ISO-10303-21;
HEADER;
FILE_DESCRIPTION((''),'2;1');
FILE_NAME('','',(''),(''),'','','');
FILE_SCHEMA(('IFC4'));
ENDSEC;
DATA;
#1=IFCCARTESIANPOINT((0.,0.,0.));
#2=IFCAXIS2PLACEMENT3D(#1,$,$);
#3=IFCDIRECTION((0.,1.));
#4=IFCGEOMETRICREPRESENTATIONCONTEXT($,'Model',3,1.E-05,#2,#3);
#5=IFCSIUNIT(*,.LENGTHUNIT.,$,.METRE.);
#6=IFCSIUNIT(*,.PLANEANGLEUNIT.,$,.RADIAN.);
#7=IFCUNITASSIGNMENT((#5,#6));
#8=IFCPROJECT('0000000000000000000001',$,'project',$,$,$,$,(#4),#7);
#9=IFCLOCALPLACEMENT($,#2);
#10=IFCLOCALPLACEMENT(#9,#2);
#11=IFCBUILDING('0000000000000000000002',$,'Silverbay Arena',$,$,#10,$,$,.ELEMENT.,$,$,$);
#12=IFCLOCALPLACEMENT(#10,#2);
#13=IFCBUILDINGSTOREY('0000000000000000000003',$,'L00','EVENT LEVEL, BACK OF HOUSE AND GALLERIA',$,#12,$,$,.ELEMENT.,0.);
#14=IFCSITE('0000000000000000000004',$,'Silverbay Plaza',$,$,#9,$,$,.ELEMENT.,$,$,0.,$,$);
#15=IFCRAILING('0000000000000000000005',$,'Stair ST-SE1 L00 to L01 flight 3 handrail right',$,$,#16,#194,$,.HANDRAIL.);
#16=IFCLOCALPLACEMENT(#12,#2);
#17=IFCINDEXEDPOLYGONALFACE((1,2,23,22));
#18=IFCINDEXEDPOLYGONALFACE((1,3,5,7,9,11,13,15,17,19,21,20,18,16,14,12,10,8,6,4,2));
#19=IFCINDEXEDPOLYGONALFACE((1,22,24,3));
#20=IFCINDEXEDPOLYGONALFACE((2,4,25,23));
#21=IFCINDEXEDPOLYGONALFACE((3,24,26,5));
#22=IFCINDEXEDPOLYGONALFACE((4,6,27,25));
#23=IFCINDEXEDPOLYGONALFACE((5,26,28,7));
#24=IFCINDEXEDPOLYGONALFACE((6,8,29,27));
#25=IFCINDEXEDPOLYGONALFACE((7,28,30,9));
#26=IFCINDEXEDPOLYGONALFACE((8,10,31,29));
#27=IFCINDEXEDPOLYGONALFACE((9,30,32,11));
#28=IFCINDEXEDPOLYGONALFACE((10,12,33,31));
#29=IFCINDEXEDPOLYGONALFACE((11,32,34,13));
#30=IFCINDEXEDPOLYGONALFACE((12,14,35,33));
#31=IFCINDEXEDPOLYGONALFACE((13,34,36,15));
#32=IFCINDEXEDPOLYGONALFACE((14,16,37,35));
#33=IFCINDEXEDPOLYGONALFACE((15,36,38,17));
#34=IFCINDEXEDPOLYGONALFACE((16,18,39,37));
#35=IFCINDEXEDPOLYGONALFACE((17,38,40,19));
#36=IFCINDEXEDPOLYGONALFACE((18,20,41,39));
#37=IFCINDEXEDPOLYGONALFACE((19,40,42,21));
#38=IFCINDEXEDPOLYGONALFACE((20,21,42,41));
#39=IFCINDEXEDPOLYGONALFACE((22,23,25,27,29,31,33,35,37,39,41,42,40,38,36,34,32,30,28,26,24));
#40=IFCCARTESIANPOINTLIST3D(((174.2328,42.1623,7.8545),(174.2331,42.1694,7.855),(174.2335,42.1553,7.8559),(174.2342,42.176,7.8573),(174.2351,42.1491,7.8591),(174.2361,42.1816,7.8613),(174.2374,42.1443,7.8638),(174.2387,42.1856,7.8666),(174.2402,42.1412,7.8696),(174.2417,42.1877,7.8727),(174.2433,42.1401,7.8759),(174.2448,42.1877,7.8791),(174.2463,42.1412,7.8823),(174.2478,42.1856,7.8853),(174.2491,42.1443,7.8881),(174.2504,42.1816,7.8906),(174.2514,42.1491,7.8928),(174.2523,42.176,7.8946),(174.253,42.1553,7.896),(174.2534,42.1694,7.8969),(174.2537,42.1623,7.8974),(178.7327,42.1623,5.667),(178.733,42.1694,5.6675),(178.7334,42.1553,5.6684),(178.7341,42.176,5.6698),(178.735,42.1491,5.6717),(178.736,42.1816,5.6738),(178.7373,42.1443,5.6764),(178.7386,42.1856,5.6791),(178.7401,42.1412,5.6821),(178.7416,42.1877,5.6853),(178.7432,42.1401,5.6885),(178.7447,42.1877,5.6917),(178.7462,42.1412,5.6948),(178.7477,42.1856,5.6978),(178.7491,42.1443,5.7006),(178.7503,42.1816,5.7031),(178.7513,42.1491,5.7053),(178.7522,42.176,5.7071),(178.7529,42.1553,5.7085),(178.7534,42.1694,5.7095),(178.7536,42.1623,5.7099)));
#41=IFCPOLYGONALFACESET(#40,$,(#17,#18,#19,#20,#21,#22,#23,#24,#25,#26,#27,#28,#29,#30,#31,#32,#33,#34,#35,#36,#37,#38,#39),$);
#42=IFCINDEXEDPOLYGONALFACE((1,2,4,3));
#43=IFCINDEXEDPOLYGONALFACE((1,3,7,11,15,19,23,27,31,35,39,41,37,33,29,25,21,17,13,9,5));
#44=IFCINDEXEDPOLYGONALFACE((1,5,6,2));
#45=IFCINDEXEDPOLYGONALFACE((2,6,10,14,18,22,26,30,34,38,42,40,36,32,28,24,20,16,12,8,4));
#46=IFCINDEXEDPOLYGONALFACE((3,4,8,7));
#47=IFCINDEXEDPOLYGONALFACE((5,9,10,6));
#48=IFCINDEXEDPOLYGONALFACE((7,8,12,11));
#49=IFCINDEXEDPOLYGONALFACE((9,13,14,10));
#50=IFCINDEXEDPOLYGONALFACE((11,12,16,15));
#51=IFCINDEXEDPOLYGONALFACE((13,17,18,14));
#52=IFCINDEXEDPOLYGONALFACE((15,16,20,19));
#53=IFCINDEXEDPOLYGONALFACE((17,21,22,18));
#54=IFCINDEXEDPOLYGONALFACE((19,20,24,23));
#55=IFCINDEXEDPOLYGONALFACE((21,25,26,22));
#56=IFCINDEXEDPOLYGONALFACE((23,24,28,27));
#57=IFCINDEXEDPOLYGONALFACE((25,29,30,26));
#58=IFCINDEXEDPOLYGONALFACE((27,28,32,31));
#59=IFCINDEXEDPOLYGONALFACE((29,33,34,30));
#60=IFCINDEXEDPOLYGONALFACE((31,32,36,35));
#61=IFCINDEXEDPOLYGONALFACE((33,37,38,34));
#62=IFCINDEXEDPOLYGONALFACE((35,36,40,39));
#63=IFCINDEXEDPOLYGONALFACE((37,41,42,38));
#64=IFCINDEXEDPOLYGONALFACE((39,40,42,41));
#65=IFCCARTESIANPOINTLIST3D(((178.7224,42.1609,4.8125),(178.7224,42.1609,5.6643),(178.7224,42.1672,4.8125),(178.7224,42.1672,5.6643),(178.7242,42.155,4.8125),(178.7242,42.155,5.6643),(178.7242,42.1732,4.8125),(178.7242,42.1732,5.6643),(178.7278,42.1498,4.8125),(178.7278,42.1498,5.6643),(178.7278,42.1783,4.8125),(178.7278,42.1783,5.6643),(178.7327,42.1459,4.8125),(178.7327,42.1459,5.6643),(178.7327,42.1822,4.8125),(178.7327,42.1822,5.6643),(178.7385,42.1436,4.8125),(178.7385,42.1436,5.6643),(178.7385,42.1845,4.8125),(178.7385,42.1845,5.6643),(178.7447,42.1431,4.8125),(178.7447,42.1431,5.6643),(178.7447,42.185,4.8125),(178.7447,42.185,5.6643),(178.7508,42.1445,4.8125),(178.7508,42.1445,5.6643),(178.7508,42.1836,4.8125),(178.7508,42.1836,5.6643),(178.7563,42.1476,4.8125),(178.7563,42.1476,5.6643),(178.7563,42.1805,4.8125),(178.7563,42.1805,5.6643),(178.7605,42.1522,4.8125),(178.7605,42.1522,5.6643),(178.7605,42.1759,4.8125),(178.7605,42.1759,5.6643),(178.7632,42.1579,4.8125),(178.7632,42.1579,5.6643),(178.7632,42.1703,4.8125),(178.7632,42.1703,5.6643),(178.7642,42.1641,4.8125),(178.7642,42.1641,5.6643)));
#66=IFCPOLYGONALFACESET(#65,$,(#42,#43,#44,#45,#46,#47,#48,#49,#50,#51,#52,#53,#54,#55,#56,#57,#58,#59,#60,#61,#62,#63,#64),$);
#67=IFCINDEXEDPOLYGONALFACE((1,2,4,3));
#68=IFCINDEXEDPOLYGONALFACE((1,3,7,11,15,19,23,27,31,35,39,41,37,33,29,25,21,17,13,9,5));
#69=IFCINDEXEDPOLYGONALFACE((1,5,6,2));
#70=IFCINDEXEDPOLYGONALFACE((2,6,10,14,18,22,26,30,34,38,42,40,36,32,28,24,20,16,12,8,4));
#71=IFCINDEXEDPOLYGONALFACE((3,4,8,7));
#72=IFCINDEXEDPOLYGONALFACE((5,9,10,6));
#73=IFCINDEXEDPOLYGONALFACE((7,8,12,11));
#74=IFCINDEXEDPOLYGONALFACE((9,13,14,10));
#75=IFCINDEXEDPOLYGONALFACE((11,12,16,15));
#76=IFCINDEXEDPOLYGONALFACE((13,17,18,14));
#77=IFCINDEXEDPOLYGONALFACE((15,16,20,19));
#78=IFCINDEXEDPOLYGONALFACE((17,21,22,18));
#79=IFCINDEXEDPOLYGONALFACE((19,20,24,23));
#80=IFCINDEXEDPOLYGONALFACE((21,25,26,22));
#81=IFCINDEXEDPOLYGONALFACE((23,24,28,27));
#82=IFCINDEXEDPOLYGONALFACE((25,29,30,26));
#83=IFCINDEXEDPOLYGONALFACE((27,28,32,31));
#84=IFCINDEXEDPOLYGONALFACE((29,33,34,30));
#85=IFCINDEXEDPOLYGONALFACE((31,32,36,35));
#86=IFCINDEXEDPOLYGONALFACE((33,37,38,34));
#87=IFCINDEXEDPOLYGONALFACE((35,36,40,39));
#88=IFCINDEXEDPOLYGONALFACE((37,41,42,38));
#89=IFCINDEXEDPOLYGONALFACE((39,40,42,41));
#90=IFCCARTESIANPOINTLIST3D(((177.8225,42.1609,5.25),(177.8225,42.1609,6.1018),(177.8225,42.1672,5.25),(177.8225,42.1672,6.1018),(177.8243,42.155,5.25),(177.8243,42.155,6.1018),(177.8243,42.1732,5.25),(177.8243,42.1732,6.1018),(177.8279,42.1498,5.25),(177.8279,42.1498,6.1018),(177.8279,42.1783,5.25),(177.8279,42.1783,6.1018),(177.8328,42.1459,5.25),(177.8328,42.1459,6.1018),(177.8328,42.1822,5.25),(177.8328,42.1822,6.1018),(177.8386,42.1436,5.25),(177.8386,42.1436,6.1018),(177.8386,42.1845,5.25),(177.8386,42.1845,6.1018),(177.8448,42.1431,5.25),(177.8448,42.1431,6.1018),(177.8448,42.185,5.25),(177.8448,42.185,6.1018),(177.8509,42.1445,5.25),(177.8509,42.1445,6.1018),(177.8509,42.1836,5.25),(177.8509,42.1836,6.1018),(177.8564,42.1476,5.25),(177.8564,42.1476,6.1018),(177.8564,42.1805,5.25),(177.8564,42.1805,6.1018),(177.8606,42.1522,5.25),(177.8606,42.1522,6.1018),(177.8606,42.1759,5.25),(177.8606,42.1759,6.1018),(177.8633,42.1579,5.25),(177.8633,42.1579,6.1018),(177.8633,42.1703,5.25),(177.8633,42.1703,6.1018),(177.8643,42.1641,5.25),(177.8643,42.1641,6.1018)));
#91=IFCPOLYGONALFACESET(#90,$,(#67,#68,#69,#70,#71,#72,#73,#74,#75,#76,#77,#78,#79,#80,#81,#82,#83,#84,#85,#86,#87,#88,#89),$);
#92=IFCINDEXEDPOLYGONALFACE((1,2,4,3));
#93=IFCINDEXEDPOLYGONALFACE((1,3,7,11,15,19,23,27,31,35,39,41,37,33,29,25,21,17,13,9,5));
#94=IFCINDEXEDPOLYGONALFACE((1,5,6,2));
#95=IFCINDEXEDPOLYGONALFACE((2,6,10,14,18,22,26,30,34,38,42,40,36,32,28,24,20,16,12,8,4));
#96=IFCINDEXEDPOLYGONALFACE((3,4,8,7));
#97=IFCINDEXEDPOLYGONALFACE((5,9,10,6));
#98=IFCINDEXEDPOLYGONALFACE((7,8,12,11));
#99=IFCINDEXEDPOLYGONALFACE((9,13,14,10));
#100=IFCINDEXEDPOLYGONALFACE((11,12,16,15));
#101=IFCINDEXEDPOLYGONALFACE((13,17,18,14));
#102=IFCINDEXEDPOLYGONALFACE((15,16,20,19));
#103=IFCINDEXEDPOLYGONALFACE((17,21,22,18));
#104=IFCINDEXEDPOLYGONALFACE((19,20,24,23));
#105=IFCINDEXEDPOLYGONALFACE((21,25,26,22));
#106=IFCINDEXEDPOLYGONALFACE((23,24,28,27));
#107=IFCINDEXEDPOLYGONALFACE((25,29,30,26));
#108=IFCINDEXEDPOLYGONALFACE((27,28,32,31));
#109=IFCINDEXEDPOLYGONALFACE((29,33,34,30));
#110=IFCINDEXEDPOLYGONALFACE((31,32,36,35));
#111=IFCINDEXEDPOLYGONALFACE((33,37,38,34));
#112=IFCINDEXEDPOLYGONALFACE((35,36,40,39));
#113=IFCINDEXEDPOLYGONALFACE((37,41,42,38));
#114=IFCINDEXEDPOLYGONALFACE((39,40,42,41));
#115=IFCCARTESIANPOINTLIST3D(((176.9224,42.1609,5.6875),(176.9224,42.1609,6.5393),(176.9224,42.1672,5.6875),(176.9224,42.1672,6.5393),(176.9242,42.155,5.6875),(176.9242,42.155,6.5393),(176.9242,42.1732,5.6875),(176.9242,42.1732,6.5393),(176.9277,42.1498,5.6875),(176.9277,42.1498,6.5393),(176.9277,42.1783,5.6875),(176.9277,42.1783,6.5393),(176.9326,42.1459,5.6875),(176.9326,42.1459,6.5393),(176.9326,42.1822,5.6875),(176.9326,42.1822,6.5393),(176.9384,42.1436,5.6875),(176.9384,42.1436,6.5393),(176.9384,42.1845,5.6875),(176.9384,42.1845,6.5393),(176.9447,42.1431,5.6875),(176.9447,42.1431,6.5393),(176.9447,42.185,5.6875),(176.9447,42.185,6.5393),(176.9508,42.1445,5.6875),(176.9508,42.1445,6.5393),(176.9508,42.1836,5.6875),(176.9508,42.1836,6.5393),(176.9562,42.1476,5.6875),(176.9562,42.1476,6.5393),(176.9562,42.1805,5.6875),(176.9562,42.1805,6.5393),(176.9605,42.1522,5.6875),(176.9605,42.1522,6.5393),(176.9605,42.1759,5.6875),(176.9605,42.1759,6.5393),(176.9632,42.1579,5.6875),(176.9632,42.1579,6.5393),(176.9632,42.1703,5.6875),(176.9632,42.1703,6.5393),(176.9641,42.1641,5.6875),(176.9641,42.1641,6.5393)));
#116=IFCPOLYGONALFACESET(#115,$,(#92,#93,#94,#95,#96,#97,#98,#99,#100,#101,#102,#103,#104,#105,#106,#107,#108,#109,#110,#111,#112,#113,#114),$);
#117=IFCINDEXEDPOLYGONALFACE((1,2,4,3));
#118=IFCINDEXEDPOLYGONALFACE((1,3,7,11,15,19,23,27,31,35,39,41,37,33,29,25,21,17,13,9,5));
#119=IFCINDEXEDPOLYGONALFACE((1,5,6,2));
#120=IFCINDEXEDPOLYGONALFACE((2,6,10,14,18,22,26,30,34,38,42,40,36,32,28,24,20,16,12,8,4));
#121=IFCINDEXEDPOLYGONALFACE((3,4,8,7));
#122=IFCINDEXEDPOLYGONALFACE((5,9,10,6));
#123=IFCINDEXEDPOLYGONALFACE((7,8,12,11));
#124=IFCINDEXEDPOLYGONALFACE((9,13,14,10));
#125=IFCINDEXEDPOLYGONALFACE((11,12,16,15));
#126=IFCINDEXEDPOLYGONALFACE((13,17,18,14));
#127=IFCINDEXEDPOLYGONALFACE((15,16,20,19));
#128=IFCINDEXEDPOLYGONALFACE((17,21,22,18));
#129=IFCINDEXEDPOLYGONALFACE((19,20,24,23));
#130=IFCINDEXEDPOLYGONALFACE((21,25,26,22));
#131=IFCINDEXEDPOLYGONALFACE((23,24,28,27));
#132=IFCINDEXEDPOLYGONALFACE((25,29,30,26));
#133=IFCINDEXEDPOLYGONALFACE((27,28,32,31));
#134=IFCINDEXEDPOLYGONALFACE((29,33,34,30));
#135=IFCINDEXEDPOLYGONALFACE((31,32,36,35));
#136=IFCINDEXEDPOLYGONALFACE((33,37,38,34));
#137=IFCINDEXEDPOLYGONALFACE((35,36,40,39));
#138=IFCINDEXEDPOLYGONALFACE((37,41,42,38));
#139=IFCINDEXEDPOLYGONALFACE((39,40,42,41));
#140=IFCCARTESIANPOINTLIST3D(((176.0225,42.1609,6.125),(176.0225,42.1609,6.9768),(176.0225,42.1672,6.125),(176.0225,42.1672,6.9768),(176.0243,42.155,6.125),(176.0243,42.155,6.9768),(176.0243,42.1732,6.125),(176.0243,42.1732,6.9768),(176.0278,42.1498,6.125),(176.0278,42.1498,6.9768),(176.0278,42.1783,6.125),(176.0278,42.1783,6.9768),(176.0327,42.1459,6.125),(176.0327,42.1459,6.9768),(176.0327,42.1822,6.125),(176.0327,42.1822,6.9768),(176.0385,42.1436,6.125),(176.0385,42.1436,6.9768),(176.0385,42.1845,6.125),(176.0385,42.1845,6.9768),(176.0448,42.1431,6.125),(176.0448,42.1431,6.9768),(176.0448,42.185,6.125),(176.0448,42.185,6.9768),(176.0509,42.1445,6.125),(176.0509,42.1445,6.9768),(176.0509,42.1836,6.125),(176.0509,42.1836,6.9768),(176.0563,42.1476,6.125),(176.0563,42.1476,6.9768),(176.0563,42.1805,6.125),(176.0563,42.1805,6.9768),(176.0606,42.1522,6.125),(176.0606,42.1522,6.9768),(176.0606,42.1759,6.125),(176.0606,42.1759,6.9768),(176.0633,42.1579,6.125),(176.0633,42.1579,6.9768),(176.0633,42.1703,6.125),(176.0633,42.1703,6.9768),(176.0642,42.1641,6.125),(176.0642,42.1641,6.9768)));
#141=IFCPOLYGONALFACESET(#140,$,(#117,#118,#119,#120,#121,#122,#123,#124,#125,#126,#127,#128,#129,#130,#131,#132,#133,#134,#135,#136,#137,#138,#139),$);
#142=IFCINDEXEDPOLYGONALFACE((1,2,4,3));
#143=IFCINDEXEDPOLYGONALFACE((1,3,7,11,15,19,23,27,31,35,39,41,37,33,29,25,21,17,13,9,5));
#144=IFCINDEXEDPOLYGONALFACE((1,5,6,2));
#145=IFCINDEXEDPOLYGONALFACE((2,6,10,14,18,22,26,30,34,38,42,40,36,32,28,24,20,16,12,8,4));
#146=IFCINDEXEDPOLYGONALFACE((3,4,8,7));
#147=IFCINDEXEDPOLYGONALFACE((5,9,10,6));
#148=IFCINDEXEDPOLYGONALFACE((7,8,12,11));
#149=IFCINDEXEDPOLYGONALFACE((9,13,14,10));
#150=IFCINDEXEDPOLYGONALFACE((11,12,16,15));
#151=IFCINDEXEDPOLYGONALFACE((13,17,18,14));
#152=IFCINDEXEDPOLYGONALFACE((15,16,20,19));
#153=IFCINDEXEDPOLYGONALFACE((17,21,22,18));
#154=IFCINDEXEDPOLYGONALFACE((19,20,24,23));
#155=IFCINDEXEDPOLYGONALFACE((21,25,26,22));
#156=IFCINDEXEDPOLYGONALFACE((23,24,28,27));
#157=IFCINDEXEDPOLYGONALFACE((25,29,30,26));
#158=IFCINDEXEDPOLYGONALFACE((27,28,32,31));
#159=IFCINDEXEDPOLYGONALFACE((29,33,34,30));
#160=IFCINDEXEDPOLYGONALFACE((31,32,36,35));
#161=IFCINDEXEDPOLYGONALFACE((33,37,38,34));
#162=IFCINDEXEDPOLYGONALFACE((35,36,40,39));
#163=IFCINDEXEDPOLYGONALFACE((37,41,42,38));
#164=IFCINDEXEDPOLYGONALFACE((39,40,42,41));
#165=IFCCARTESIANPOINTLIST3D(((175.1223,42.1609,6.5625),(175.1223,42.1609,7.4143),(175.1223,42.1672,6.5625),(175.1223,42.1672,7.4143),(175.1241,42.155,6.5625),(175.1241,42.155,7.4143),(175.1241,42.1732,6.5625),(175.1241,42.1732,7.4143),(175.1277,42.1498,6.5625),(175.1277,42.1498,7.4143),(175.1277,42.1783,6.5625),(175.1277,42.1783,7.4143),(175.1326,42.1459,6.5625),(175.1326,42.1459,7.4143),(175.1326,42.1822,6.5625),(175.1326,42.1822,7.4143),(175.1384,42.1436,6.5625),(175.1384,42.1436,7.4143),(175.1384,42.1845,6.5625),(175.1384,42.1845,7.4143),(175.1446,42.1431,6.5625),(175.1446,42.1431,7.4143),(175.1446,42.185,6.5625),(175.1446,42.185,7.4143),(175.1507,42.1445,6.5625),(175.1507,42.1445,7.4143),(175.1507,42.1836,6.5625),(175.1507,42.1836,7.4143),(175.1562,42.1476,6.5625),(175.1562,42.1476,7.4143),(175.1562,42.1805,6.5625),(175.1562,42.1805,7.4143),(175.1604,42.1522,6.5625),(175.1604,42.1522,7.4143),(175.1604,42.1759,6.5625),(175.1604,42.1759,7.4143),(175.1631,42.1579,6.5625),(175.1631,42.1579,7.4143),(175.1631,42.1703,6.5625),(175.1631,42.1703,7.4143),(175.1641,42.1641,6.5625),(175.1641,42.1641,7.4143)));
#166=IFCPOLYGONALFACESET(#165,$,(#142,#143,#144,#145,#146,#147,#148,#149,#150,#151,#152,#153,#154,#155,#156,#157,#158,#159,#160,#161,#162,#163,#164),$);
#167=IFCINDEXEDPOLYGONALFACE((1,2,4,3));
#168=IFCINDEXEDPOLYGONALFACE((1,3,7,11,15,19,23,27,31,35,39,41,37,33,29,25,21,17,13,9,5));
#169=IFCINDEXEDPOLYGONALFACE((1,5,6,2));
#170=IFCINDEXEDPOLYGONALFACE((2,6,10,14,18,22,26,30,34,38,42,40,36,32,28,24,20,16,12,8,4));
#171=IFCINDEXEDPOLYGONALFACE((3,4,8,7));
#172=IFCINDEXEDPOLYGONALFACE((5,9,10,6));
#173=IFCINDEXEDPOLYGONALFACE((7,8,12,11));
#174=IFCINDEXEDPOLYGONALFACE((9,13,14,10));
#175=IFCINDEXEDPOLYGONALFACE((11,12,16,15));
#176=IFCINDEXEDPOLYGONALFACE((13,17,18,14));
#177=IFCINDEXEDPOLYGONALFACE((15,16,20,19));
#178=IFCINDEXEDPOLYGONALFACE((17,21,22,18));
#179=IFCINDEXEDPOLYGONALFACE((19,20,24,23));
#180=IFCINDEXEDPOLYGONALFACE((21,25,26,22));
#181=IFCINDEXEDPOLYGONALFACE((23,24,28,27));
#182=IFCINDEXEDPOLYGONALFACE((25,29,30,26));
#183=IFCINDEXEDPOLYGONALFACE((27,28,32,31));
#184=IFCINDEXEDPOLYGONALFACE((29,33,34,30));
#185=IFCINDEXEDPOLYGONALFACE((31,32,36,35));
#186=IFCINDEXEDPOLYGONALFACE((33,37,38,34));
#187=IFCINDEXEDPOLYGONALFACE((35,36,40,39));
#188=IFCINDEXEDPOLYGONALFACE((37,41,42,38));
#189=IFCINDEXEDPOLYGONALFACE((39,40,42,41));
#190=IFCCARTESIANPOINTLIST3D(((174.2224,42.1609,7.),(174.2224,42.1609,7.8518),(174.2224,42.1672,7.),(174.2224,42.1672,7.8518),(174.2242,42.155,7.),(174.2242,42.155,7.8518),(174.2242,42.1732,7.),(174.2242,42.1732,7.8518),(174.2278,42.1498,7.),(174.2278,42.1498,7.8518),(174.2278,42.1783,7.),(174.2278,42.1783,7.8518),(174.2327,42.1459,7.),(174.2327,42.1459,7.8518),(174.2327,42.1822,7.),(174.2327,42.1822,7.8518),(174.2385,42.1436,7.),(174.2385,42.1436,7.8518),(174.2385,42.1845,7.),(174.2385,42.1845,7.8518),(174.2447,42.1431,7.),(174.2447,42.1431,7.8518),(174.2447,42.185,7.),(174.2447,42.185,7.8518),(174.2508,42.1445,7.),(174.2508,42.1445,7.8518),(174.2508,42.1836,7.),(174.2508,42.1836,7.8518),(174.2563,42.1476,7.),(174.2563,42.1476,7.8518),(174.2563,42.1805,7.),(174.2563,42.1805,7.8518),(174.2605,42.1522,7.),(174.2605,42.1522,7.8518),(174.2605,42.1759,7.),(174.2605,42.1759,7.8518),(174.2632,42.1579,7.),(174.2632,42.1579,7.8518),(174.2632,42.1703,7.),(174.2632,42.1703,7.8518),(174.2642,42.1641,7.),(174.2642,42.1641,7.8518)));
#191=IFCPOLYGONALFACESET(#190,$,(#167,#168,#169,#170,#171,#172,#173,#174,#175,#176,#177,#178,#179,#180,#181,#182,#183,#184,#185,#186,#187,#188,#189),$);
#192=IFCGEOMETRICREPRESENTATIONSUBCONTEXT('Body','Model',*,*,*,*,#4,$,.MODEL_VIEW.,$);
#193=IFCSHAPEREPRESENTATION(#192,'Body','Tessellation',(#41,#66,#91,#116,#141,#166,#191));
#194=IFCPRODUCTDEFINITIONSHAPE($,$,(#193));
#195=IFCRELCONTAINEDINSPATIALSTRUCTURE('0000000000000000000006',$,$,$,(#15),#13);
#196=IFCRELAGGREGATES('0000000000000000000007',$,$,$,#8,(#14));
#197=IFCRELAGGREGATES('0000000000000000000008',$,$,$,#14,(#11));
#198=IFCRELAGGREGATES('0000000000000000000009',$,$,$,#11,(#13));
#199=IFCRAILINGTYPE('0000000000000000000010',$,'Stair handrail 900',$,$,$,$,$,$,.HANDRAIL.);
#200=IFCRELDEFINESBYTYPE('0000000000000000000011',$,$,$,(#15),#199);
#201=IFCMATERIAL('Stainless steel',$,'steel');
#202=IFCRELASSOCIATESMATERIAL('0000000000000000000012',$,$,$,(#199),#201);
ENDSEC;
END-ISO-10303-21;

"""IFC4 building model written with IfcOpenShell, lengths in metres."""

from ifc_helpers import new_model, si_unit, direction, frame, origin, origin_2d, place, context, subcontext, project, spatial, circle, extrude, material, type_object, element, save


model = new_model("IFC4")

# Units and contexts
model_context = context("Model", 3, precision=1e-05, world=origin(), true_north=direction((0.0, 1.0)))
body_context = subcontext(model_context, "Body", "Model", "MODEL_VIEW")
ifc_project = project(units=[si_unit("LENGTHUNIT", "METRE"), si_unit("PLANEANGLEUNIT", "RADIAN")], contexts=[model_context])

# Site, building, storey
site_placement = place(None, origin())
site = spatial("IfcSite", under=ifc_project, at=site_placement, Name="Silverbay Plaza", CompositionType="ELEMENT", RefElevation=0.0)
building_placement = place(site_placement, origin())
building = spatial("IfcBuilding", under=site, at=building_placement, Name="Silverbay Arena", CompositionType="ELEMENT")
storey_placement = place(building_placement, origin())
storey = spatial("IfcBuildingStorey", under=building, at=storey_placement, Name="L00", Description="EVENT LEVEL, BACK OF HOUSE AND GALLERIA", CompositionType="ELEMENT", Elevation=0.0)

# Railing
ifc_material_1 = material(Name="Stainless steel", Category="steel")
railing_type_1 = type_object("IfcRailingType", Name="Stair handrail 900", PredefinedType="HANDRAIL", material=ifc_material_1)
for number, where, name in (
    (1, (178.7432, 42.1641, 4.8125), "Stair ST-SE1 L00 to L01 flight 3 handrail right"),
):
    element("IfcRailing", number, at=place(storey_placement, frame(where)), inside=storey, type_object=railing_type_1, Name=name, PredefinedType="HANDRAIL", context=body_context, shape_type="SweptSolid", body=[
        extrude(circle(Radius=0.0239, at=origin_2d()), frame((0.0, 0.0, 0.876), z_axis=(-0.899368, 0.0, 0.437193), x_axis=(0.0, -1.0, 0.0)), (0.0, 0.0, 1.0), 5.0034),
        extrude(circle(Radius=0.021, at=origin_2d()), origin(), (0.0, 0.0, 1.0), 0.8518),
        extrude(circle(Radius=0.021, at=origin_2d()), frame((-0.8999, 0.0, 0.4375)), (0.0, 0.0, 1.0), 0.8518),
        extrude(circle(Radius=0.021, at=origin_2d()), frame((-1.8, 0.0, 0.875)), (0.0, 0.0, 1.0), 0.8518),
        extrude(circle(Radius=0.021, at=origin_2d()), frame((-2.7, 0.0, 1.3125)), (0.0, 0.0, 1.0), 0.8518),
        extrude(circle(Radius=0.021, at=origin_2d()), frame((-3.6001, 0.0, 1.75)), (0.0, 0.0, 1.0), 0.8518),
        extrude(circle(Radius=0.021, at=origin_2d()), frame((-4.5, 0.0, 2.1875)), (0.0, 0.0, 1.0), 0.8518),
    ])

save(model, "model.ifc")
